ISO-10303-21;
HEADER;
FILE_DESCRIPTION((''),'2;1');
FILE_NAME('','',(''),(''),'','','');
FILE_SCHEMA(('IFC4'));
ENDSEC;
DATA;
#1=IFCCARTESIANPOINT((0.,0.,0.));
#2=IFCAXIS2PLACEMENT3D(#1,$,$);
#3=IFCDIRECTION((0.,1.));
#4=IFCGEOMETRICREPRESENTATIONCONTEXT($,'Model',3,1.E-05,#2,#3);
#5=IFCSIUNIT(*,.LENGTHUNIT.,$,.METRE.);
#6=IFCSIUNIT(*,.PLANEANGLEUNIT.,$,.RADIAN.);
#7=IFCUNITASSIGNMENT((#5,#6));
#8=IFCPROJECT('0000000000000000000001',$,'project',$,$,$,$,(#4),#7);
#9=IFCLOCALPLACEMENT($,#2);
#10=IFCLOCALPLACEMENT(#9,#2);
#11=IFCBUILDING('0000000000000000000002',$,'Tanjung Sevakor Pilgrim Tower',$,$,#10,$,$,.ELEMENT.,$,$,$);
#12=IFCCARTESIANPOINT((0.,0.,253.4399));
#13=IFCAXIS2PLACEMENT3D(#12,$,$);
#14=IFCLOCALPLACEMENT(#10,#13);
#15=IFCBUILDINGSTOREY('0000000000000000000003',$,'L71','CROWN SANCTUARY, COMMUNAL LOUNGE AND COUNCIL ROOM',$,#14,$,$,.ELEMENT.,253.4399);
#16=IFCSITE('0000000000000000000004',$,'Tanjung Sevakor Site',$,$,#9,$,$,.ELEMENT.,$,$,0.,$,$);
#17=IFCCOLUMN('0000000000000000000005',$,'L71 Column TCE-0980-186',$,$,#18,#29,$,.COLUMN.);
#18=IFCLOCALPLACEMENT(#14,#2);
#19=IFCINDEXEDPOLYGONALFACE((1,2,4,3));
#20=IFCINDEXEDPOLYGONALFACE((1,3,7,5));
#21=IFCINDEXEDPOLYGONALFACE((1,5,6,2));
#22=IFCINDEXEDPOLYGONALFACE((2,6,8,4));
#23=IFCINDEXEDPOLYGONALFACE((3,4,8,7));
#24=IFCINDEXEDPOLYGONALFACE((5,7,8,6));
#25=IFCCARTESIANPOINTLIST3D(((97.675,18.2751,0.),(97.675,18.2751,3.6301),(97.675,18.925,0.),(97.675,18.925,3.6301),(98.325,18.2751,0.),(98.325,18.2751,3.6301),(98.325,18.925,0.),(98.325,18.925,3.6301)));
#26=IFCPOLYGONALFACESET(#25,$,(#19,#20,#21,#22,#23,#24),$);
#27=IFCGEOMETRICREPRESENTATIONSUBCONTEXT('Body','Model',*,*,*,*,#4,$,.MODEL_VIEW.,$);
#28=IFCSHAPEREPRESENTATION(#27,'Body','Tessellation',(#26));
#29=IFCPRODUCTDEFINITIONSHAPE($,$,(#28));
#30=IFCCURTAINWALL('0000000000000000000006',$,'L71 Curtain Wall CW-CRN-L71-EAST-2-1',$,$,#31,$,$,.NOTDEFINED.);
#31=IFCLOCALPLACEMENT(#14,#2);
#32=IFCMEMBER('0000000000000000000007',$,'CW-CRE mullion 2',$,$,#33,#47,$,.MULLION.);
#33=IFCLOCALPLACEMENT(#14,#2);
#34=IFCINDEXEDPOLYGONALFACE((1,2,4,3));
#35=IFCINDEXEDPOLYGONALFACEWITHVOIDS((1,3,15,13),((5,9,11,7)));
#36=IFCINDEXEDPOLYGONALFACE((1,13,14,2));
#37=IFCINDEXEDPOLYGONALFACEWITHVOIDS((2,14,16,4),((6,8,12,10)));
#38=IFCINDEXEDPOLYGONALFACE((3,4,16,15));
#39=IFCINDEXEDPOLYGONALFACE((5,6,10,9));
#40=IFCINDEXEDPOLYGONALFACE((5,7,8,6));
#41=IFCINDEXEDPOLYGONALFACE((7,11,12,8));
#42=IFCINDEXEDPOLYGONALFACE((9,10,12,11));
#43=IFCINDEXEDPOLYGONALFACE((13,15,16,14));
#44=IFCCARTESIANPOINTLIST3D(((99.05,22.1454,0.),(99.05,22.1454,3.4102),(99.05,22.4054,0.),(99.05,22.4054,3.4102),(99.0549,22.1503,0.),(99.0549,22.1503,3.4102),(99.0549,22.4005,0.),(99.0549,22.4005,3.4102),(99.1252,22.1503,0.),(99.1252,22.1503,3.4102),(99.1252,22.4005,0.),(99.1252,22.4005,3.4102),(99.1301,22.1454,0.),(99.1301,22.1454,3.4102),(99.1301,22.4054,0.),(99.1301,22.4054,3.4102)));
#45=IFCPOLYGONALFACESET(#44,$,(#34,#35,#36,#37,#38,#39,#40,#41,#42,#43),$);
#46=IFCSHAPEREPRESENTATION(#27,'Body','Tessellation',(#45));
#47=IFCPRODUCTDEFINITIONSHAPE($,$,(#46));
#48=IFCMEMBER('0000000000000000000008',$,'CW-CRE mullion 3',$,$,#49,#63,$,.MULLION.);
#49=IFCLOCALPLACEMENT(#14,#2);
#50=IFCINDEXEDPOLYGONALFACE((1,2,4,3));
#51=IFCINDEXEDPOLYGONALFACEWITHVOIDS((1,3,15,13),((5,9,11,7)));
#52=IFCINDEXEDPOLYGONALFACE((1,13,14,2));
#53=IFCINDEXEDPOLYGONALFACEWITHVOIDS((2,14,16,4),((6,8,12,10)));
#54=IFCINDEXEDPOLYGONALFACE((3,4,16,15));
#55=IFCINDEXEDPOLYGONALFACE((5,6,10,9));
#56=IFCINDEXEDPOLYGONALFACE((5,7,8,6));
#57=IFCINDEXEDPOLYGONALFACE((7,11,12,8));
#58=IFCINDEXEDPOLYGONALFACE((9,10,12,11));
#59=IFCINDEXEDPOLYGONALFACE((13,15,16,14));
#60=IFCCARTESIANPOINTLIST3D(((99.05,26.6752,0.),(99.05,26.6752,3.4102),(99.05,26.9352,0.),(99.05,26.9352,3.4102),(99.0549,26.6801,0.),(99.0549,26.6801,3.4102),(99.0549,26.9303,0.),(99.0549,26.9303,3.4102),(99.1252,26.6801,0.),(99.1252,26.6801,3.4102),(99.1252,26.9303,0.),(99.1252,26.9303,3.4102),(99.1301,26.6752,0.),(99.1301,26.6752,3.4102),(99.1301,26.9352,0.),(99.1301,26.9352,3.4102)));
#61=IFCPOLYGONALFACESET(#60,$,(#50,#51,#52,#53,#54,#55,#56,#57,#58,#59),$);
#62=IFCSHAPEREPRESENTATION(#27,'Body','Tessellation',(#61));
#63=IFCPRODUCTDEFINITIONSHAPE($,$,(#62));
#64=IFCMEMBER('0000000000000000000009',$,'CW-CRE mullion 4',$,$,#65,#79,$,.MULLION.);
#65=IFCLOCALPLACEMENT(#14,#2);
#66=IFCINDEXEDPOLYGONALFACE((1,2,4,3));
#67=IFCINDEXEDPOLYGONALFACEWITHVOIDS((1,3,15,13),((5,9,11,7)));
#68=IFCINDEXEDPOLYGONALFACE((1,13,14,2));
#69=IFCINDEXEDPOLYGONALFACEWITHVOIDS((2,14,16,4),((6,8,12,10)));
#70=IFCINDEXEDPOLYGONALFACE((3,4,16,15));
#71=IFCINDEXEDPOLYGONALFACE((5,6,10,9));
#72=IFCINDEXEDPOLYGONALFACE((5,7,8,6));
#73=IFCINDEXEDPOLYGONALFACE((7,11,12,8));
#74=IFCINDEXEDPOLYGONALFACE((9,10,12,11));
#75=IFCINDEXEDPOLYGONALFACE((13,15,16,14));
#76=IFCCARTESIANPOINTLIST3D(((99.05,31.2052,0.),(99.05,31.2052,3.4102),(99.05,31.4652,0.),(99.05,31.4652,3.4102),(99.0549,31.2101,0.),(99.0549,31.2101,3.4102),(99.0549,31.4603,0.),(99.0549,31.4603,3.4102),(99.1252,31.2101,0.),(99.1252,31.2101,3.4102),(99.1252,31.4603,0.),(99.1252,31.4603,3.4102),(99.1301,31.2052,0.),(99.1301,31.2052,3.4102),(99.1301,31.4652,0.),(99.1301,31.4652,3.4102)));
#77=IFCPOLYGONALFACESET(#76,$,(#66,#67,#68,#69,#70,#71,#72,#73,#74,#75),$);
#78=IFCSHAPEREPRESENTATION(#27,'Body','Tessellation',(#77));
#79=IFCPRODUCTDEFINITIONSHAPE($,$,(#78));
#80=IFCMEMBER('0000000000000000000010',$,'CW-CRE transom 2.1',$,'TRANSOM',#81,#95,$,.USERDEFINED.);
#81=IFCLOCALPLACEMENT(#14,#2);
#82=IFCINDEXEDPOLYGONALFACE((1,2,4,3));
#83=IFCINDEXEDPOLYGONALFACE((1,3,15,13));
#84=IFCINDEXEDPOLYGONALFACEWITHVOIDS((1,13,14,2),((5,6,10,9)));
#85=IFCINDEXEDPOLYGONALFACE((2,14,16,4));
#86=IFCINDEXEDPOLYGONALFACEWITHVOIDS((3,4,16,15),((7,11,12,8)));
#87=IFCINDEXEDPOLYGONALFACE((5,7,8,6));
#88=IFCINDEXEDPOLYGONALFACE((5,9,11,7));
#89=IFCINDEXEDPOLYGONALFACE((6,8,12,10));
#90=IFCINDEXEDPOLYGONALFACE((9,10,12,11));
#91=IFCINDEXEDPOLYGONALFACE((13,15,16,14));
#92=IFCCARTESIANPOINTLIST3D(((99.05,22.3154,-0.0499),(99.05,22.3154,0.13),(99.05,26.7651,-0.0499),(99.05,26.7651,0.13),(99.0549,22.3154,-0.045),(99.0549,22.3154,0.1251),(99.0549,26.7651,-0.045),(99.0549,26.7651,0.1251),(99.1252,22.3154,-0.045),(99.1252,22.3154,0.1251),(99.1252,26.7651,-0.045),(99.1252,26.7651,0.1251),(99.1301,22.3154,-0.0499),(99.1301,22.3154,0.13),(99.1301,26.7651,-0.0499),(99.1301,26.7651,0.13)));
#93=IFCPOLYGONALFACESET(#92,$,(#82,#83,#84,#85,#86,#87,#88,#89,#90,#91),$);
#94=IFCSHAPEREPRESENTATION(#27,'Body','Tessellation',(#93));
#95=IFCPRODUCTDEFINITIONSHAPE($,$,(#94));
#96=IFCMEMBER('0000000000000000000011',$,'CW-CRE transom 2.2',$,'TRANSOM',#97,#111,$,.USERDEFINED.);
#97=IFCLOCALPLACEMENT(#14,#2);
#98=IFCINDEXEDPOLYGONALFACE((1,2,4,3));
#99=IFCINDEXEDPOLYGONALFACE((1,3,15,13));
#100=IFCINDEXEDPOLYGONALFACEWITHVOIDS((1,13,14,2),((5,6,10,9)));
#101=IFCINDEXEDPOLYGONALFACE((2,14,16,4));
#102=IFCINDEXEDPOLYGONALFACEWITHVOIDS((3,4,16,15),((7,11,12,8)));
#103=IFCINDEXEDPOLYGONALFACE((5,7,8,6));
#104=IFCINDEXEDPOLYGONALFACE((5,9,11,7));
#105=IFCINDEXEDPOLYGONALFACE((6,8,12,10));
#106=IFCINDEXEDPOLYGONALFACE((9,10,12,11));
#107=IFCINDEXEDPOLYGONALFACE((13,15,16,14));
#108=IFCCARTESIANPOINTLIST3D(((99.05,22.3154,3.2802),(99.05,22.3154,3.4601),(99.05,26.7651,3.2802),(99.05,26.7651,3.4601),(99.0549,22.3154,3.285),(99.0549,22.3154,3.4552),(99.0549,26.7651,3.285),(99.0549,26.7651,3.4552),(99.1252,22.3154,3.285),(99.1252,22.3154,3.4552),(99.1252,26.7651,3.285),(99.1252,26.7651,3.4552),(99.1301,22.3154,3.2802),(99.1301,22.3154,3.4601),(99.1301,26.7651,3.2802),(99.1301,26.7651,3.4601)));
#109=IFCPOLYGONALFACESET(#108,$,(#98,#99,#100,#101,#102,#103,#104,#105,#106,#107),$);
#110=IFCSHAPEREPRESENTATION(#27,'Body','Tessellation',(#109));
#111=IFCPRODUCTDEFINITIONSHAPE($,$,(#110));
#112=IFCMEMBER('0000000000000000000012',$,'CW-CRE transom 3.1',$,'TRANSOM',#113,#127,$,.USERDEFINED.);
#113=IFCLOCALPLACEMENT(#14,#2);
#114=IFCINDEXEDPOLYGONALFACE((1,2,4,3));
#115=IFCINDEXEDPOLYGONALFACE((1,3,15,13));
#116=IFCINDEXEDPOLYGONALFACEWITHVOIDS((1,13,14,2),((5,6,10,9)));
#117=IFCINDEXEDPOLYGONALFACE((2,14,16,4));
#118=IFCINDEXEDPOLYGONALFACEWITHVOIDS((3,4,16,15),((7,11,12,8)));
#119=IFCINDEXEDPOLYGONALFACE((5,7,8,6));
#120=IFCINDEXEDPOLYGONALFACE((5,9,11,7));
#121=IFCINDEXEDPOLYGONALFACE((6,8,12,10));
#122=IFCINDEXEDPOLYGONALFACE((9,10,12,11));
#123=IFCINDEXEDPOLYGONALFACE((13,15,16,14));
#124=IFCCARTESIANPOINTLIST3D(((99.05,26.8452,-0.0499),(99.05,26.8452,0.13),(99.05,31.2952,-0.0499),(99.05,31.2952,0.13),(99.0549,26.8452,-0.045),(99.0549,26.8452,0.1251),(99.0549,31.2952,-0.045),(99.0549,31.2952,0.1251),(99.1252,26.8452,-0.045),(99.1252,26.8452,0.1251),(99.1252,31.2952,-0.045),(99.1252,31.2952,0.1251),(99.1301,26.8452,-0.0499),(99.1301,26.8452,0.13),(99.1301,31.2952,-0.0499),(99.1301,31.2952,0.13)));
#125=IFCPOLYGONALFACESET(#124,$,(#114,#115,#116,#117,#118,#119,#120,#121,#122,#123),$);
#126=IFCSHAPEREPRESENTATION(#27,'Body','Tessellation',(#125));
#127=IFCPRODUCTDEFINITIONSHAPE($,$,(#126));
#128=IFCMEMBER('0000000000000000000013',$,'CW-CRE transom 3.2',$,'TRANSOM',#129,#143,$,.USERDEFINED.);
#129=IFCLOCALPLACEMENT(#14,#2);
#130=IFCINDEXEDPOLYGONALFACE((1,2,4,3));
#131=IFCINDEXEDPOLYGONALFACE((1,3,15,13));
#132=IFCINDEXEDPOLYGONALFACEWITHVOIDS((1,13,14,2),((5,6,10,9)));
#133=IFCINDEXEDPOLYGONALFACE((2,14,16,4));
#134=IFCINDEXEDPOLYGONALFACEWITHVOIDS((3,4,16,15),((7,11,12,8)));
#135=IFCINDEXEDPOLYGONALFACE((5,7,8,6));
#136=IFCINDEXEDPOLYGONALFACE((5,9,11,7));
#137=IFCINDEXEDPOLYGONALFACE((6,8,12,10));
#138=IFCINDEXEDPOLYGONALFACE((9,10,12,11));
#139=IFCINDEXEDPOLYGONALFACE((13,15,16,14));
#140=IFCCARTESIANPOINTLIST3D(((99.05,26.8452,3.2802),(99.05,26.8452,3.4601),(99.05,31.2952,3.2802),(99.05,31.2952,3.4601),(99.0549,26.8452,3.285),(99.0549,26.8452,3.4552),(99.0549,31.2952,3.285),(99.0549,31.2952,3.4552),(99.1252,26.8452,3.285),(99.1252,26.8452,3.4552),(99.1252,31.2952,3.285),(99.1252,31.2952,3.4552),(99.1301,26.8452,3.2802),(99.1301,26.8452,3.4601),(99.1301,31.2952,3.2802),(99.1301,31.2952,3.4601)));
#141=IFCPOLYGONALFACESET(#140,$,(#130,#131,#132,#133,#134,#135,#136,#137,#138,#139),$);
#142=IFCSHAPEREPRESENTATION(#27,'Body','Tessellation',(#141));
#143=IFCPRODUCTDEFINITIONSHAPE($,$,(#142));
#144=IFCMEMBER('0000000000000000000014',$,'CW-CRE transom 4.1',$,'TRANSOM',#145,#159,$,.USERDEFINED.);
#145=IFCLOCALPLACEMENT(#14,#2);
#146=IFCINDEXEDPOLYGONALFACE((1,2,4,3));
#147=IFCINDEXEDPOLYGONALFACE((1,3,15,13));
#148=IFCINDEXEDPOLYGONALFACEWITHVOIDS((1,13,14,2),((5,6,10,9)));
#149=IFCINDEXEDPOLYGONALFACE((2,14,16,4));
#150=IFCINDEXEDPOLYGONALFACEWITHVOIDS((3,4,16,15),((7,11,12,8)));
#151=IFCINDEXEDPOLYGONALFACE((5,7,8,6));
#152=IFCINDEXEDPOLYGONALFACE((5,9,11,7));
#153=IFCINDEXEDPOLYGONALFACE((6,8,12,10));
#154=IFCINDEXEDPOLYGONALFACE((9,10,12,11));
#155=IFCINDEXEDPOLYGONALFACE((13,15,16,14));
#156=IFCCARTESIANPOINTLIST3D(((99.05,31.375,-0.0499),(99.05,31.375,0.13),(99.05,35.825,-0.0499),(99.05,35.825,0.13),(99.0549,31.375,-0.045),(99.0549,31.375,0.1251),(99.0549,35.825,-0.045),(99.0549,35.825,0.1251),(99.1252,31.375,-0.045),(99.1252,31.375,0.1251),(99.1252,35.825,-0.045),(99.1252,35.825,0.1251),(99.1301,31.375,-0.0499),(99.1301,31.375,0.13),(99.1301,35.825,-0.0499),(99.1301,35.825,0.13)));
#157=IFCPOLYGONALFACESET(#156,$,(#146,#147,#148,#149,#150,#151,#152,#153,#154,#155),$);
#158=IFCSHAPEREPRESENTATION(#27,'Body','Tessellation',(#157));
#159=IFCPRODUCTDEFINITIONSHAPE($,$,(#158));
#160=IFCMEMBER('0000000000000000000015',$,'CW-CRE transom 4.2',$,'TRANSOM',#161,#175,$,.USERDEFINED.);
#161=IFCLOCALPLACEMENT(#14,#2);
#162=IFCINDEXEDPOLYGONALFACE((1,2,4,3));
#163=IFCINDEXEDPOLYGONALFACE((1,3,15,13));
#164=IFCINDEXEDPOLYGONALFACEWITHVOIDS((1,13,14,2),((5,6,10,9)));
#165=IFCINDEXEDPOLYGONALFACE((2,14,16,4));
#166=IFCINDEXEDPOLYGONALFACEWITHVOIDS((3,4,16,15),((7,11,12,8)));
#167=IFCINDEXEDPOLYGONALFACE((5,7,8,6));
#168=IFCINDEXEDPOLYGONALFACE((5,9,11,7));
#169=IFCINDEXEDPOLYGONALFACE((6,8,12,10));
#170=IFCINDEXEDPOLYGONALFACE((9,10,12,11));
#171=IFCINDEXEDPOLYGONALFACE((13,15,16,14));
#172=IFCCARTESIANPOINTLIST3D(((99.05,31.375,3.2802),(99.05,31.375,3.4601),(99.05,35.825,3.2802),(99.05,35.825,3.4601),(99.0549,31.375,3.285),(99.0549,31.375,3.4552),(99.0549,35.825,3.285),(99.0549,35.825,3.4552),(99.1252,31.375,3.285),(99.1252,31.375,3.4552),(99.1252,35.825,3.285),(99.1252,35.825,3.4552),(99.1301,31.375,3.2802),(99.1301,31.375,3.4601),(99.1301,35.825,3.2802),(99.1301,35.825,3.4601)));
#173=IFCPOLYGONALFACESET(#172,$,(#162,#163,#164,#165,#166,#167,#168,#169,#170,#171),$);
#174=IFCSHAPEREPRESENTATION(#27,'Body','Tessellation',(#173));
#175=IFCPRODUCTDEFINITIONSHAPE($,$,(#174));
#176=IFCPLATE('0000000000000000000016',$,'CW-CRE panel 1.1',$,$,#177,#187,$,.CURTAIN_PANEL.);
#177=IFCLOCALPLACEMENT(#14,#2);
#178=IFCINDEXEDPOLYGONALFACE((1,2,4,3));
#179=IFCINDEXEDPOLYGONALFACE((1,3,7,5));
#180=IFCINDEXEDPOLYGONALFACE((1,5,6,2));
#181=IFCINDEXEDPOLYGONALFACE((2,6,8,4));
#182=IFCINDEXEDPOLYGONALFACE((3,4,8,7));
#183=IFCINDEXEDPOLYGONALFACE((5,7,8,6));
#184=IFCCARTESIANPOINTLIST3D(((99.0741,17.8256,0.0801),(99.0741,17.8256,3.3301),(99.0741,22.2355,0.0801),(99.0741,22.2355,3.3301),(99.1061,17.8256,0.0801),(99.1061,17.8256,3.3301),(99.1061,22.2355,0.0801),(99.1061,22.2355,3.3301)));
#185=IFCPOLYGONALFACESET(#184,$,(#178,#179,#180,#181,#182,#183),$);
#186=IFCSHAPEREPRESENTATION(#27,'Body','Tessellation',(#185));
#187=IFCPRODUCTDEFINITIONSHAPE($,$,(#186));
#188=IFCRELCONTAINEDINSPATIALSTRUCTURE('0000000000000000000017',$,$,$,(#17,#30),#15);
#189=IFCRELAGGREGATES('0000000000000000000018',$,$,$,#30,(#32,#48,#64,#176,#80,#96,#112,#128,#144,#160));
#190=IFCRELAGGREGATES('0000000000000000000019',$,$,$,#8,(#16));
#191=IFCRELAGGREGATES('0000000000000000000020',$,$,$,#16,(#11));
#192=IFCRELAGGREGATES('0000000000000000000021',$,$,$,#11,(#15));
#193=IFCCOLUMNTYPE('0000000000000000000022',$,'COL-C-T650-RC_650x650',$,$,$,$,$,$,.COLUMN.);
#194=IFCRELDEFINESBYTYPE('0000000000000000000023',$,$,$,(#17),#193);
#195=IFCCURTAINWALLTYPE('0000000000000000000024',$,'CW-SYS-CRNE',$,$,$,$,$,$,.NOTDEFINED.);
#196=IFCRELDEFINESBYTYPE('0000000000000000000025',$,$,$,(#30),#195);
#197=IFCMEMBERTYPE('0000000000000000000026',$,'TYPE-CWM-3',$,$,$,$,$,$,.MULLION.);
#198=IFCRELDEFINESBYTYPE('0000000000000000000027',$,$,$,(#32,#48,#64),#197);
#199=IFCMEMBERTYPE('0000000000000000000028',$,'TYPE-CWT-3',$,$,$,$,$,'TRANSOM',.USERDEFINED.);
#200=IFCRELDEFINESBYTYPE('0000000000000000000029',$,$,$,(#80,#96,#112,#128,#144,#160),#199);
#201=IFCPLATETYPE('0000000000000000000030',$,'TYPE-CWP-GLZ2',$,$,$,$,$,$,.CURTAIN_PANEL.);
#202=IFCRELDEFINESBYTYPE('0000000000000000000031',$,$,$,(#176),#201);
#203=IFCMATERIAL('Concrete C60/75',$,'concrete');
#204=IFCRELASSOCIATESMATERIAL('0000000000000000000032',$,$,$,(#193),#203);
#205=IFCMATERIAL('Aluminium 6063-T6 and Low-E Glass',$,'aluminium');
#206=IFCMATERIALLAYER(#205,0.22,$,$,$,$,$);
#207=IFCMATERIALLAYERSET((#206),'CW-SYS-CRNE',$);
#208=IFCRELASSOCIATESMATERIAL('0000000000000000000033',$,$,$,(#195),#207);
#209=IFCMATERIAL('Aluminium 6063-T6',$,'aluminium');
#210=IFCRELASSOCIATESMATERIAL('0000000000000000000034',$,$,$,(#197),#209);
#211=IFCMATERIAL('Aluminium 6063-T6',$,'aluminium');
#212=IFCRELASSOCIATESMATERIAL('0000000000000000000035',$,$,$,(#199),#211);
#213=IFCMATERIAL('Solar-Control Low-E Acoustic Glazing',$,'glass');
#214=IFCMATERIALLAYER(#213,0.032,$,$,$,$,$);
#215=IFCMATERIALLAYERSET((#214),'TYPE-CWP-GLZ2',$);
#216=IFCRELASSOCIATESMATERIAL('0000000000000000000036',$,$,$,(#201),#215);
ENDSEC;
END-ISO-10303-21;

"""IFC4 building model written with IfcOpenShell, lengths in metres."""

from ifc_helpers import new_model, si_unit, direction, frame, origin, origin_2d, place, context, subcontext, project, spatial, rectangle, hollow_rectangle, extrude, material, layer, layer_set, material_profile, profile_set, type_object, element, aggregate, save


model = new_model("IFC4")

# Units and contexts
model_context = context("Model", 3, precision=1e-05, world=origin(), true_north=direction((0.0, 1.0)))
body_context = subcontext(model_context, "Body", "Model", "MODEL_VIEW")
ifc_project = project(units=[si_unit("LENGTHUNIT", "METRE"), si_unit("PLANEANGLEUNIT", "RADIAN")], contexts=[model_context])

# Site, building, storey
site_placement = place(None, origin())
site = spatial("IfcSite", under=ifc_project, at=site_placement, Name="Tanjung Sevakor Site", CompositionType="ELEMENT", RefElevation=0.0)
building_placement = place(site_placement, origin())
building = spatial("IfcBuilding", under=site, at=building_placement, Name="Tanjung Sevakor Pilgrim Tower", CompositionType="ELEMENT")
storey_placement = place(building_placement, frame((0.0, 0.0, 253.4399)))
storey = spatial("IfcBuildingStorey", under=building, at=storey_placement, Name="L71", Description="CROWN SANCTUARY, COMMUNAL LOUNGE AND COUNCIL ROOM", CompositionType="ELEMENT", Elevation=253.4399)

# Column
ifc_material_1 = material(Name="Concrete C60/75", Category="concrete")
ifc_material_profile_1 = material_profile(ifc_material_1, rectangle(XDim=0.6499, YDim=0.6499, at=origin_2d()))
ifc_profile_set_1 = profile_set([ifc_material_profile_1], Name="Concrete C60/75")
column_type = type_object("IfcColumnType", Name="COL-C-T650-RC_650x650", PredefinedType="COLUMN", material=ifc_profile_set_1)
column_placement = place(storey_placement, frame((98.0, 18.6001, 0.0), z_axis=(0.0, 0.0, 1.0), x_axis=(1.0, 0.0, 0.0)))
element("IfcColumn", 1, at=column_placement, inside=storey, type_object=column_type, Name="L71 Column TCE-0980-186", PredefinedType="COLUMN", context=body_context, shape_type="SweptSolid", body=[
    extrude(rectangle(XDim=0.6499, YDim=0.6499, at=origin_2d()), origin(), (0.0, 0.0, 1.0), 3.6301),
])

# Curtain wall, members, plate
ifc_material_2 = material(Name="Aluminium 6063-T6 and Low-E Glass", Category="aluminium")
ifc_layer_1 = layer(ifc_material_2, 0.22)
ifc_layer_set_1 = layer_set([ifc_layer_1], Name="CW-SYS-CRNE")
curtain_wall_type = type_object("IfcCurtainWallType", Name="CW-SYS-CRNE", PredefinedType="NOTDEFINED", material=ifc_layer_set_1)
curtain_wall_placement = place(storey_placement, origin())
curtain_wall = element("IfcCurtainWall", 2, at=curtain_wall_placement, inside=storey, type_object=curtain_wall_type, Name="L71 Curtain Wall CW-CRN-L71-EAST-2-1", PredefinedType="NOTDEFINED")
ifc_material_3 = material(Name="Aluminium 6063-T6", Category="aluminium")
ifc_material_profile_2 = material_profile(ifc_material_3, hollow_rectangle(XDim=0.0801, YDim=0.26, WallThickness=0.0049, at=origin_2d()))
ifc_profile_set_2 = profile_set([ifc_material_profile_2], Name="Aluminium 6063-T6")
member_type_1 = type_object("IfcMemberType", Name="TYPE-CWM-3", PredefinedType="MULLION", material=ifc_profile_set_2)
member_1_placement = place(storey_placement, frame((99.0901, 22.2754, 0.0), z_axis=(0.0, 0.0, 1.0), x_axis=(-1.0, 0.0, 0.0)))
member_1 = element("IfcMember", 3, at=member_1_placement, type_object=member_type_1, Name="CW-CRE mullion 2", PredefinedType="MULLION", context=body_context, shape_type="SweptSolid", body=[
    extrude(hollow_rectangle(XDim=0.0801, YDim=0.26, WallThickness=0.0049, at=origin_2d()), origin(), (0.0, 0.0, 1.0), 3.4102),
])
member_2_placement = place(storey_placement, frame((99.0901, 26.8052, 0.0), z_axis=(0.0, 0.0, 1.0), x_axis=(-1.0, 0.0, 0.0)))
member_2 = element("IfcMember", 4, at=member_2_placement, type_object=member_type_1, Name="CW-CRE mullion 3", PredefinedType="MULLION", context=body_context, shape_type="SweptSolid", body=[
    extrude(hollow_rectangle(XDim=0.0801, YDim=0.26, WallThickness=0.0049, at=origin_2d()), origin(), (0.0, 0.0, 1.0), 3.4102),
])
member_3_placement = place(storey_placement, frame((99.0901, 31.3352, 0.0), z_axis=(0.0, 0.0, 1.0), x_axis=(-1.0, 0.0, 0.0)))
member_3 = element("IfcMember", 5, at=member_3_placement, type_object=member_type_1, Name="CW-CRE mullion 4", PredefinedType="MULLION", context=body_context, shape_type="SweptSolid", body=[
    extrude(hollow_rectangle(XDim=0.0801, YDim=0.26, WallThickness=0.0049, at=origin_2d()), origin(), (0.0, 0.0, 1.0), 3.4102),
])
ifc_material_4 = material(Name="Aluminium 6063-T6", Category="aluminium")
ifc_material_profile_3 = material_profile(ifc_material_4, hollow_rectangle(XDim=0.0801, YDim=0.1799, WallThickness=0.0049, at=origin_2d()))
ifc_profile_set_3 = profile_set([ifc_material_profile_3], Name="Aluminium 6063-T6")
member_type_2 = type_object("IfcMemberType", Name="TYPE-CWT-3", ElementType="TRANSOM", PredefinedType="USERDEFINED", material=ifc_profile_set_3)
member_4_placement = place(storey_placement, frame((99.0901, 22.3154, 0.04), z_axis=(0.0, 1.0, 0.0), x_axis=(-1.0, 0.0, 0.0)))
member_4 = element("IfcMember", 6, at=member_4_placement, type_object=member_type_2, Name="CW-CRE transom 2.1", ObjectType="TRANSOM", PredefinedType="USERDEFINED", context=body_context, shape_type="SweptSolid", body=[
    extrude(hollow_rectangle(XDim=0.0801, YDim=0.1799, WallThickness=0.0049, at=origin_2d()), origin(), (0.0, 0.0, 1.0), 4.4497),
])
member_5_placement = place(storey_placement, frame((99.0901, 22.3154, 3.3701), z_axis=(0.0, 1.0, 0.0), x_axis=(-1.0, 0.0, 0.0)))
member_5 = element("IfcMember", 7, at=member_5_placement, type_object=member_type_2, Name="CW-CRE transom 2.2", ObjectType="TRANSOM", PredefinedType="USERDEFINED", context=body_context, shape_type="SweptSolid", body=[
    extrude(hollow_rectangle(XDim=0.0801, YDim=0.1799, WallThickness=0.0049, at=origin_2d()), origin(), (0.0, 0.0, 1.0), 4.4497),
])
member_6_placement = place(storey_placement, frame((99.0901, 26.8452, 0.04), z_axis=(0.0, 1.0, 0.0), x_axis=(-1.0, 0.0, 0.0)))
member_6 = element("IfcMember", 8, at=member_6_placement, type_object=member_type_2, Name="CW-CRE transom 3.1", ObjectType="TRANSOM", PredefinedType="USERDEFINED", context=body_context, shape_type="SweptSolid", body=[
    extrude(hollow_rectangle(XDim=0.0801, YDim=0.1799, WallThickness=0.0049, at=origin_2d()), origin(), (0.0, 0.0, 1.0), 4.45),
])
member_7_placement = place(storey_placement, frame((99.0901, 26.8452, 3.3701), z_axis=(0.0, 1.0, 0.0), x_axis=(-1.0, 0.0, 0.0)))
member_7 = element("IfcMember", 9, at=member_7_placement, type_object=member_type_2, Name="CW-CRE transom 3.2", ObjectType="TRANSOM", PredefinedType="USERDEFINED", context=body_context, shape_type="SweptSolid", body=[
    extrude(hollow_rectangle(XDim=0.0801, YDim=0.1799, WallThickness=0.0049, at=origin_2d()), origin(), (0.0, 0.0, 1.0), 4.45),
])
member_8_placement = place(storey_placement, frame((99.0901, 31.375, 0.04), z_axis=(0.0, 1.0, 0.0), x_axis=(-1.0, 0.0, 0.0)))
member_8 = element("IfcMember", 10, at=member_8_placement, type_object=member_type_2, Name="CW-CRE transom 4.1", ObjectType="TRANSOM", PredefinedType="USERDEFINED", context=body_context, shape_type="SweptSolid", body=[
    extrude(hollow_rectangle(XDim=0.0801, YDim=0.1799, WallThickness=0.0049, at=origin_2d()), origin(), (0.0, 0.0, 1.0), 4.45),
])
member_9_placement = place(storey_placement, frame((99.0901, 31.375, 3.3701), z_axis=(0.0, 1.0, 0.0), x_axis=(-1.0, 0.0, 0.0)))
member_9 = element("IfcMember", 11, at=member_9_placement, type_object=member_type_2, Name="CW-CRE transom 4.2", ObjectType="TRANSOM", PredefinedType="USERDEFINED", context=body_context, shape_type="SweptSolid", body=[
    extrude(hollow_rectangle(XDim=0.0801, YDim=0.1799, WallThickness=0.0049, at=origin_2d()), origin(), (0.0, 0.0, 1.0), 4.45),
])
ifc_material_5 = material(Name="Solar-Control Low-E Acoustic Glazing", Category="glass")
ifc_layer_2 = layer(ifc_material_5, 0.032)
ifc_layer_set_2 = layer_set([ifc_layer_2], Name="TYPE-CWP-GLZ2")
plate_type = type_object("IfcPlateType", Name="TYPE-CWP-GLZ2", PredefinedType="CURTAIN_PANEL", material=ifc_layer_set_2)
plate_1_placement = place(storey_placement, frame((99.0901, 20.0305, 0.0801), z_axis=(0.0, 0.0, 1.0), x_axis=(0.0, 1.0, 0.0)))
plate_1 = element("IfcPlate", 12, at=plate_1_placement, type_object=plate_type, Name="CW-CRE panel 1.1", PredefinedType="CURTAIN_PANEL", context=body_context, shape_type="SweptSolid", body=[
    extrude(rectangle(XDim=4.4099, YDim=0.032, at=origin_2d()), origin(), (0.0, 0.0, 1.0), 3.25),
])
aggregate(curtain_wall, [member_1, member_2, member_3, plate_1, member_4, member_5, member_6, member_7, member_8, member_9])

save(model, "model.ifc")
